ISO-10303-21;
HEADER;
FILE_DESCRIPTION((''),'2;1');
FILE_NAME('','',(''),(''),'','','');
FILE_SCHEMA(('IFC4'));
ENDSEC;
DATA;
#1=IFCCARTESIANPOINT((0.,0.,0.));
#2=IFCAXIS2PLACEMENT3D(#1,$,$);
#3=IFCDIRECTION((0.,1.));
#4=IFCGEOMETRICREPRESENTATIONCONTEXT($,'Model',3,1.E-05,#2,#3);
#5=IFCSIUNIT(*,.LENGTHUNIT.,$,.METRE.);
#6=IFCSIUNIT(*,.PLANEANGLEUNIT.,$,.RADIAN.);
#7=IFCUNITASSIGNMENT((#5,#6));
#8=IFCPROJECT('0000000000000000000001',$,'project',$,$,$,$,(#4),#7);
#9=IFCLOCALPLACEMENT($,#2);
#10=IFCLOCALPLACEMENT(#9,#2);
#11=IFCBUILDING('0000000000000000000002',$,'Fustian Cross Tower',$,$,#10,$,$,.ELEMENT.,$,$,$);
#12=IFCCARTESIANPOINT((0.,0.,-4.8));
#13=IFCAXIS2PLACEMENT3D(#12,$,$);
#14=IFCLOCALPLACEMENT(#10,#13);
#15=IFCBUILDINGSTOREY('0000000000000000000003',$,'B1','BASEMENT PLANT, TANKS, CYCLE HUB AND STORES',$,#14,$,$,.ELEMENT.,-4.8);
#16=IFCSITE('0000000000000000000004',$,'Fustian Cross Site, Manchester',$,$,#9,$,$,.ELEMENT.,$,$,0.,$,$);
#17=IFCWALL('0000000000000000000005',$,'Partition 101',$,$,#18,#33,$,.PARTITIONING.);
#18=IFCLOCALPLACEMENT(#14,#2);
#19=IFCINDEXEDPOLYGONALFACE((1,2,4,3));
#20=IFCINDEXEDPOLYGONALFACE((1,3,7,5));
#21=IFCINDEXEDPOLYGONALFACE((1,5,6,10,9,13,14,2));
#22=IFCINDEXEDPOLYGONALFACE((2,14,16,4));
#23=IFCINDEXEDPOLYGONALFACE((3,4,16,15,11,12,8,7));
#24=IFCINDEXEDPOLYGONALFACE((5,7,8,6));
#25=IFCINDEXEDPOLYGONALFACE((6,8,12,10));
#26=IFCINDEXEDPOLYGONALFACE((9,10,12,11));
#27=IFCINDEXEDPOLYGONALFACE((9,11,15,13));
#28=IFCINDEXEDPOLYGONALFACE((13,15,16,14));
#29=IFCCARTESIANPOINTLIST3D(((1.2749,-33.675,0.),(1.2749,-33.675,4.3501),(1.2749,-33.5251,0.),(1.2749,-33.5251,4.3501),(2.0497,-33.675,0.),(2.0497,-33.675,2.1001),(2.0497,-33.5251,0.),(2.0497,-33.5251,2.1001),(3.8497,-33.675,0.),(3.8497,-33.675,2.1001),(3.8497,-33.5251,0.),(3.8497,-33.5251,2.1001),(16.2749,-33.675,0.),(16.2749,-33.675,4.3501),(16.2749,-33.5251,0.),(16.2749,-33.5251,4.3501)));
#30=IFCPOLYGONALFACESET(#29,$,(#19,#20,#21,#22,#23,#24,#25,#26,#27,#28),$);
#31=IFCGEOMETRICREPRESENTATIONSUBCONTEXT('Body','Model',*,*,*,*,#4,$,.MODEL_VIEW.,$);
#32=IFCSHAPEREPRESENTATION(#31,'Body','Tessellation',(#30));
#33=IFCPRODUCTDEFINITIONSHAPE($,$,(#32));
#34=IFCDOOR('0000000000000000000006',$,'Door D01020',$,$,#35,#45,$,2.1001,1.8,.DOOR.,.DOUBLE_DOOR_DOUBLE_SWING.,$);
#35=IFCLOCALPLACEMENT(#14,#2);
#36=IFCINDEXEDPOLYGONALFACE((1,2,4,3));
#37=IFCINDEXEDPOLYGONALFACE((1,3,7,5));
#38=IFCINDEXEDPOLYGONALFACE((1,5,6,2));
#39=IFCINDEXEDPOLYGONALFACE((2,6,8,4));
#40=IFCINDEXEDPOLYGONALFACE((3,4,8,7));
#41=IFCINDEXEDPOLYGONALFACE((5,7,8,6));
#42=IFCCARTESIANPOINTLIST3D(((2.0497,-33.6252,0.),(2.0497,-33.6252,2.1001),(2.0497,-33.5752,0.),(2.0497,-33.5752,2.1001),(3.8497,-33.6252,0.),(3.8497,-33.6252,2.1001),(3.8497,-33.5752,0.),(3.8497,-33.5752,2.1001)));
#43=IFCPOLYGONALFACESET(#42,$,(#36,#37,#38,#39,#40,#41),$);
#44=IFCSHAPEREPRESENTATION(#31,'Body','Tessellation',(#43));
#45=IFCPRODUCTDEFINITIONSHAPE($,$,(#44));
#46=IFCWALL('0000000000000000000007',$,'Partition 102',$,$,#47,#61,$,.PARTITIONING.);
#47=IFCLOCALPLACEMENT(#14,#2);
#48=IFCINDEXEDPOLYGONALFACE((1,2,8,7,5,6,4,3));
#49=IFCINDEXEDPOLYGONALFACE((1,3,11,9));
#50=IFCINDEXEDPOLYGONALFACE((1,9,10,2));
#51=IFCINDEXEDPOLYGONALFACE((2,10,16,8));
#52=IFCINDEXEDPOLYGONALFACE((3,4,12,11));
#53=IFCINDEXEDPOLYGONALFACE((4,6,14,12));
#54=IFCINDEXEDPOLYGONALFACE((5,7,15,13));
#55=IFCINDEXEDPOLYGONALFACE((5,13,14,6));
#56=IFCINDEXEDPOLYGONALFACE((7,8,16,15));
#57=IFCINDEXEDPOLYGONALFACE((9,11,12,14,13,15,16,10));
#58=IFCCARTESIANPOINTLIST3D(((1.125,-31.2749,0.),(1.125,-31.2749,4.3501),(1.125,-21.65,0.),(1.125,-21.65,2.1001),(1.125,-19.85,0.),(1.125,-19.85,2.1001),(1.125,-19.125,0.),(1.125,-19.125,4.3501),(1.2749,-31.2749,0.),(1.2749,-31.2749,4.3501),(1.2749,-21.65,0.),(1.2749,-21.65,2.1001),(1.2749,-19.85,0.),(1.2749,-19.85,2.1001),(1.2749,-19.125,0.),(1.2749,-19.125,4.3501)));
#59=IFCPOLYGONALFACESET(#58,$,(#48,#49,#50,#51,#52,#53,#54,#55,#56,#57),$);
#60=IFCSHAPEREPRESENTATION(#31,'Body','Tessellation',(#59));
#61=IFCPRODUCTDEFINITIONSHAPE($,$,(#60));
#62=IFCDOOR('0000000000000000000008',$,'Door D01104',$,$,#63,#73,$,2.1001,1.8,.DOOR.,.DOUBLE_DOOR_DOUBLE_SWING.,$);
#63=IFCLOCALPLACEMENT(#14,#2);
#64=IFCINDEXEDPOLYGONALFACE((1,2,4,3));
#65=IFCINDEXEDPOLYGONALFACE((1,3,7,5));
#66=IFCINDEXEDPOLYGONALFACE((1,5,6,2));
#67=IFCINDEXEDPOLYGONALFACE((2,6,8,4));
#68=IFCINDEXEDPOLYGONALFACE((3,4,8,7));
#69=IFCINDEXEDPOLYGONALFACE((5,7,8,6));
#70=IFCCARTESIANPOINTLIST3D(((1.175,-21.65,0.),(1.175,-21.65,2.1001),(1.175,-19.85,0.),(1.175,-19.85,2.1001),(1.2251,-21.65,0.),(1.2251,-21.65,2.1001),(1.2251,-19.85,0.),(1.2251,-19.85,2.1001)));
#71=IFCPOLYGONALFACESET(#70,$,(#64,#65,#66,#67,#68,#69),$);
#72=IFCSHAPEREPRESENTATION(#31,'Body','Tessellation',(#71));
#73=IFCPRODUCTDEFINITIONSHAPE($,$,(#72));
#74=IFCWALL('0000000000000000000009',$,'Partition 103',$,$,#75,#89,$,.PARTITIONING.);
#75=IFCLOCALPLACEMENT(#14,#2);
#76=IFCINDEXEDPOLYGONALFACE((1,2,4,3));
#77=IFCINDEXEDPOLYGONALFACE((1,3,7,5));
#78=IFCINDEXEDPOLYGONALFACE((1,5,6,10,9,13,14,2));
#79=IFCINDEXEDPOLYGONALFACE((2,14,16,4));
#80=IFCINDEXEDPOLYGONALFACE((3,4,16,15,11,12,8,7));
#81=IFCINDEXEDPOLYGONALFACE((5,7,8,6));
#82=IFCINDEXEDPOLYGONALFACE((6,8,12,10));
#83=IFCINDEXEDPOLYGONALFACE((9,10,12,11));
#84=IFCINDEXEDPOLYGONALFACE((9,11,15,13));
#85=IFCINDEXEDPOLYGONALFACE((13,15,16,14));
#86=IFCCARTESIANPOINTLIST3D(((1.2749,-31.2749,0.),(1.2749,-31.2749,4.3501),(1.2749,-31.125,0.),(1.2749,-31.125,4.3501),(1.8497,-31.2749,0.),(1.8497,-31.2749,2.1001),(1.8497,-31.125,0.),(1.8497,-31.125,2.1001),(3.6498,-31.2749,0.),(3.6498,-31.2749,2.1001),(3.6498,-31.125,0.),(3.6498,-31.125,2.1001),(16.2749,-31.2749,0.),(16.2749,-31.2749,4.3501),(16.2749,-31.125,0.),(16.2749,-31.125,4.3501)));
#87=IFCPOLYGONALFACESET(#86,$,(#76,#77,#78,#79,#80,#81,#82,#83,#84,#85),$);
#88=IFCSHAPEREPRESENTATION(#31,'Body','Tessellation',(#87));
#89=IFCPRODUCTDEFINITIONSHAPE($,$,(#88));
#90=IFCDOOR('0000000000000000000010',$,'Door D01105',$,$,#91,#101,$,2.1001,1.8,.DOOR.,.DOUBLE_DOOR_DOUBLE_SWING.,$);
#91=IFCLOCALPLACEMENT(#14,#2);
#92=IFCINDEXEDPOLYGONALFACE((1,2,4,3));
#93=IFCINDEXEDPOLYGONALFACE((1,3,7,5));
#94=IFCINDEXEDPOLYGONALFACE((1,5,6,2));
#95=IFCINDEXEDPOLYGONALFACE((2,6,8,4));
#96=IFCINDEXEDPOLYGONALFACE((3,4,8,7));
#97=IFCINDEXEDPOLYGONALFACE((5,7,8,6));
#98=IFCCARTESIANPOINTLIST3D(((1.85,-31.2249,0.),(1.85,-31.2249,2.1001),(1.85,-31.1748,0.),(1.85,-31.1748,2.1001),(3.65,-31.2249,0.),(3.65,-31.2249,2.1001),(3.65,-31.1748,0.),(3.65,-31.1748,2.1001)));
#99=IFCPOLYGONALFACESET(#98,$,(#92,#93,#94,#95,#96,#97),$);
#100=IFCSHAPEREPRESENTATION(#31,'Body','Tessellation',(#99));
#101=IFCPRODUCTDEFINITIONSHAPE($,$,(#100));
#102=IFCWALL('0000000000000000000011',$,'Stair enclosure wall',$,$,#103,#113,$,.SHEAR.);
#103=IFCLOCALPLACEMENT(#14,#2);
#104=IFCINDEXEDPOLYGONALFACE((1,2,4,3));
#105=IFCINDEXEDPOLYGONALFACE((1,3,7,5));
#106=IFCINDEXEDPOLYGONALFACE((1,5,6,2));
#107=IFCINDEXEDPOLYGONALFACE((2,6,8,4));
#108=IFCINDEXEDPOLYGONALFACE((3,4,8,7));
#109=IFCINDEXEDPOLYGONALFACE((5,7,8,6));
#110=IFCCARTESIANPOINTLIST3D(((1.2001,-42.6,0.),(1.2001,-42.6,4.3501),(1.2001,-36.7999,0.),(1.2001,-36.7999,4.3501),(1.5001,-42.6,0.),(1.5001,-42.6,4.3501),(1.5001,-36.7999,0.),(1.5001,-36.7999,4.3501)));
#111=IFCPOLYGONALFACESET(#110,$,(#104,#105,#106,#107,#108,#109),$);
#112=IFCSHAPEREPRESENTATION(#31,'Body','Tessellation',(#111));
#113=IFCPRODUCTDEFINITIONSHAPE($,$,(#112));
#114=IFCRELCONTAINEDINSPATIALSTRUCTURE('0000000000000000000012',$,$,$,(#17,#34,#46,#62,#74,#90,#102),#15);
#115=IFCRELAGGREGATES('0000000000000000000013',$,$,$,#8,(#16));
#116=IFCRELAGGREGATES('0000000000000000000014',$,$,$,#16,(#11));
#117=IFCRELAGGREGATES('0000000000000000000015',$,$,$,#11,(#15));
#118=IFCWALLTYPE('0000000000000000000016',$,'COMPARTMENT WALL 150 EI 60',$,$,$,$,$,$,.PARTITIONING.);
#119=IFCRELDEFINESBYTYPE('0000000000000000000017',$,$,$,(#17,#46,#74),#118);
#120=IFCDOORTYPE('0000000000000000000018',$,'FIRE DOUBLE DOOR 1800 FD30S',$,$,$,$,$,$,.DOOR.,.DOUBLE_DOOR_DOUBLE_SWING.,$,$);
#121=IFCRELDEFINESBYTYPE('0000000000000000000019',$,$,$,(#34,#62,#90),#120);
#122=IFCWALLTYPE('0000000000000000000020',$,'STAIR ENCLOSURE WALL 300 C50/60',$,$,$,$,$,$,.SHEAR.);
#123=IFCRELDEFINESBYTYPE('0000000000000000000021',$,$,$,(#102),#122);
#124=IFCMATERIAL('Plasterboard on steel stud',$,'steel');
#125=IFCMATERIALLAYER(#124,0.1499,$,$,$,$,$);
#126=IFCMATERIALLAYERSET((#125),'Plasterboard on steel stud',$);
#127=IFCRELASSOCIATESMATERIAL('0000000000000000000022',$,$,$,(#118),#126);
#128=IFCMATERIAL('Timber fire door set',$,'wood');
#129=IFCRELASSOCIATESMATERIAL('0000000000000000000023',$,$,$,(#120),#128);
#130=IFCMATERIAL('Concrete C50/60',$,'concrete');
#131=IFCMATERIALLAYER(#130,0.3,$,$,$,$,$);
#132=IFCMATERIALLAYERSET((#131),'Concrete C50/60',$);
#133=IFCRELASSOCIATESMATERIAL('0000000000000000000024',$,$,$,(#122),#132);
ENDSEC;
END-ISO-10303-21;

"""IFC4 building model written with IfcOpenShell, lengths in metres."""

from ifc_helpers import new_model, si_unit, direction, frame, frame_2d, origin, place, context, subcontext, project, spatial, rectangle, extrude, material, layer, layer_set, type_object, element, fill, save


model = new_model("IFC4")

# Units and contexts
model_context = context("Model", 3, precision=1e-05, world=origin(), true_north=direction((0.0, 1.0)))
body_context = subcontext(model_context, "Body", "Model", "MODEL_VIEW")
ifc_project = project(units=[si_unit("LENGTHUNIT", "METRE"), si_unit("PLANEANGLEUNIT", "RADIAN")], contexts=[model_context])

# Site, building, storey
site_placement = place(None, origin())
site = spatial("IfcSite", under=ifc_project, at=site_placement, Name="Fustian Cross Site, Manchester", CompositionType="ELEMENT", RefElevation=0.0)
building_placement = place(site_placement, origin())
building = spatial("IfcBuilding", under=site, at=building_placement, Name="Fustian Cross Tower", CompositionType="ELEMENT")
storey_placement = place(building_placement, frame((0.0, 0.0, -4.8)))
storey = spatial("IfcBuildingStorey", under=building, at=storey_placement, Name="B1", Description="BASEMENT PLANT, TANKS, CYCLE HUB AND STORES", CompositionType="ELEMENT", Elevation=-4.8)

# Shared definitions
ifc_material_1 = material(Name="Plasterboard on steel stud", Category="steel")
ifc_layer_1 = layer(ifc_material_1, 0.1499)
ifc_layer_set_1 = layer_set([ifc_layer_1], Name="Plasterboard on steel stud")
wall_type_1 = type_object("IfcWallType", Name="COMPARTMENT WALL 150 EI 60", PredefinedType="PARTITIONING", material=ifc_layer_set_1)

# Walls, openings, doors
wall_1_placement = place(storey_placement, frame((1.2749, -33.6001, 0.0), z_axis=(0.0, 0.0, 1.0), x_axis=(1.0, 0.0, 0.0)))
wall_1 = element("IfcWall", 1, at=wall_1_placement, inside=storey, type_object=wall_type_1, Name="Partition 101", PredefinedType="PARTITIONING", context=body_context, shape_type="SweptSolid", body=[
    extrude(rectangle(XDim=15.0, YDim=0.1499, at=frame_2d((7.5, 0.0))), origin(), (0.0, 0.0, 1.0), 4.3501),
])
opening_1_placement = place(wall_1_placement, frame((0.7749, 0.0, 0.0)))
opening_1 = element("IfcOpeningElement", 2, at=opening_1_placement, cuts=wall_1, PredefinedType="OPENING", context=body_context, shape_type="SweptSolid", body=[
    extrude(rectangle(XDim=1.8, YDim=2.1001, at=frame_2d((0.8999, 1.05))), frame((0.0, 0.085, 0.0), z_axis=(0.0, -1.0, 0.0), x_axis=(1.0, 0.0, 0.0)), (0.0, 0.0, 1.0), 0.1699),
])
ifc_material_2 = material(Name="Timber fire door set", Category="wood")
door_type = type_object("IfcDoorType", Name="FIRE DOUBLE DOOR 1800 FD30S", OperationType="DOUBLE_DOOR_DOUBLE_SWING", PredefinedType="DOOR", material=ifc_material_2)
door_1_placement = place(opening_1_placement, origin())
door_1 = element("IfcDoor", 3, at=door_1_placement, inside=storey, type_object=door_type, Name="Door D01020", OperationType="DOUBLE_DOOR_DOUBLE_SWING", OverallHeight=2.1001, OverallWidth=1.8, PredefinedType="DOOR", context=body_context, shape_type="SweptSolid", body=[
    extrude(rectangle(XDim=1.8, YDim=2.1001, at=frame_2d((0.8999, 1.05))), frame((0.0, 0.0249, 0.0), z_axis=(0.0, -1.0, 0.0), x_axis=(1.0, 0.0, 0.0)), (0.0, 0.0, 1.0), 0.05),
])
fill(opening_1, door_1)
wall_2_placement = place(storey_placement, frame((1.2, -31.2749, 0.0), z_axis=(0.0, 0.0, 1.0), x_axis=(0.0, 1.0, 0.0)))
wall_2 = element("IfcWall", 4, at=wall_2_placement, inside=storey, type_object=wall_type_1, Name="Partition 102", PredefinedType="PARTITIONING", context=body_context, shape_type="SweptSolid", body=[
    extrude(rectangle(XDim=12.1499, YDim=0.1499, at=frame_2d((6.075, 0.0))), origin(), (0.0, 0.0, 1.0), 4.3501),
])
opening_2_placement = place(wall_2_placement, frame((9.625, 0.0, 0.0)))
opening_2 = element("IfcOpeningElement", 5, at=opening_2_placement, cuts=wall_2, PredefinedType="OPENING", context=body_context, shape_type="SweptSolid", body=[
    extrude(rectangle(XDim=1.8, YDim=2.1001, at=frame_2d((0.8999, 1.05))), frame((0.0, 0.085, 0.0), z_axis=(0.0, -1.0, 0.0), x_axis=(1.0, 0.0, 0.0)), (0.0, 0.0, 1.0), 0.1699),
])
door_2_placement = place(opening_2_placement, origin())
door_2 = element("IfcDoor", 6, at=door_2_placement, inside=storey, type_object=door_type, Name="Door D01104", OperationType="DOUBLE_DOOR_DOUBLE_SWING", OverallHeight=2.1001, OverallWidth=1.8, PredefinedType="DOOR", context=body_context, shape_type="SweptSolid", body=[
    extrude(rectangle(XDim=1.8, YDim=2.1001, at=frame_2d((0.8999, 1.05))), frame((0.0, 0.0249, 0.0), z_axis=(0.0, -1.0, 0.0), x_axis=(1.0, 0.0, 0.0)), (0.0, 0.0, 1.0), 0.05),
])
fill(opening_2, door_2)
wall_3_placement = place(storey_placement, frame((1.2749, -31.2, 0.0), z_axis=(0.0, 0.0, 1.0), x_axis=(1.0, 0.0, 0.0)))
wall_3 = element("IfcWall", 7, at=wall_3_placement, inside=storey, type_object=wall_type_1, Name="Partition 103", PredefinedType="PARTITIONING", context=body_context, shape_type="SweptSolid", body=[
    extrude(rectangle(XDim=15.0, YDim=0.1499, at=frame_2d((7.5, 0.0))), origin(), (0.0, 0.0, 1.0), 4.3501),
])
opening_3_placement = place(wall_3_placement, frame((0.575, 0.0, 0.0)))
opening_3 = element("IfcOpeningElement", 8, at=opening_3_placement, cuts=wall_3, PredefinedType="OPENING", context=body_context, shape_type="SweptSolid", body=[
    extrude(rectangle(XDim=1.8, YDim=2.1001, at=frame_2d((0.8999, 1.05))), frame((0.0, 0.085, 0.0), z_axis=(0.0, -1.0, 0.0), x_axis=(1.0, 0.0, 0.0)), (0.0, 0.0, 1.0), 0.1699),
])
door_3_placement = place(opening_3_placement, frame((1.8, 0.0, 0.0), z_axis=(0.0, 0.0, 1.0), x_axis=(-1.0, 0.0, 0.0)))
door_3 = element("IfcDoor", 9, at=door_3_placement, inside=storey, type_object=door_type, Name="Door D01105", OperationType="DOUBLE_DOOR_DOUBLE_SWING", OverallHeight=2.1001, OverallWidth=1.8, PredefinedType="DOOR", context=body_context, shape_type="SweptSolid", body=[
    extrude(rectangle(XDim=1.8, YDim=2.1001, at=frame_2d((0.8999, 1.05))), frame((0.0, 0.0249, 0.0), z_axis=(0.0, -1.0, 0.0), x_axis=(1.0, 0.0, 0.0)), (0.0, 0.0, 1.0), 0.05),
])
fill(opening_3, door_3)

# Wall
ifc_material_3 = material(Name="Concrete C50/60", Category="concrete")
ifc_layer_2 = layer(ifc_material_3, 0.3)
ifc_layer_set_2 = layer_set([ifc_layer_2], Name="Concrete C50/60")
wall_type_2 = type_object("IfcWallType", Name="STAIR ENCLOSURE WALL 300 C50/60", PredefinedType="SHEAR", material=ifc_layer_set_2)
wall_4_placement = place(storey_placement, frame((1.3501, -36.8, 0.0), z_axis=(0.0, 0.0, 1.0), x_axis=(0.0, -1.0, 0.0)))
element("IfcWall", 10, at=wall_4_placement, inside=storey, type_object=wall_type_2, Name="Stair enclosure wall", PredefinedType="SHEAR", context=body_context, shape_type="SweptSolid", body=[
    extrude(rectangle(XDim=5.8, YDim=0.3, at=frame_2d((2.8999, 0.0))), origin(), (0.0, 0.0, 1.0), 4.3501),
])

save(model, "model.ifc")
